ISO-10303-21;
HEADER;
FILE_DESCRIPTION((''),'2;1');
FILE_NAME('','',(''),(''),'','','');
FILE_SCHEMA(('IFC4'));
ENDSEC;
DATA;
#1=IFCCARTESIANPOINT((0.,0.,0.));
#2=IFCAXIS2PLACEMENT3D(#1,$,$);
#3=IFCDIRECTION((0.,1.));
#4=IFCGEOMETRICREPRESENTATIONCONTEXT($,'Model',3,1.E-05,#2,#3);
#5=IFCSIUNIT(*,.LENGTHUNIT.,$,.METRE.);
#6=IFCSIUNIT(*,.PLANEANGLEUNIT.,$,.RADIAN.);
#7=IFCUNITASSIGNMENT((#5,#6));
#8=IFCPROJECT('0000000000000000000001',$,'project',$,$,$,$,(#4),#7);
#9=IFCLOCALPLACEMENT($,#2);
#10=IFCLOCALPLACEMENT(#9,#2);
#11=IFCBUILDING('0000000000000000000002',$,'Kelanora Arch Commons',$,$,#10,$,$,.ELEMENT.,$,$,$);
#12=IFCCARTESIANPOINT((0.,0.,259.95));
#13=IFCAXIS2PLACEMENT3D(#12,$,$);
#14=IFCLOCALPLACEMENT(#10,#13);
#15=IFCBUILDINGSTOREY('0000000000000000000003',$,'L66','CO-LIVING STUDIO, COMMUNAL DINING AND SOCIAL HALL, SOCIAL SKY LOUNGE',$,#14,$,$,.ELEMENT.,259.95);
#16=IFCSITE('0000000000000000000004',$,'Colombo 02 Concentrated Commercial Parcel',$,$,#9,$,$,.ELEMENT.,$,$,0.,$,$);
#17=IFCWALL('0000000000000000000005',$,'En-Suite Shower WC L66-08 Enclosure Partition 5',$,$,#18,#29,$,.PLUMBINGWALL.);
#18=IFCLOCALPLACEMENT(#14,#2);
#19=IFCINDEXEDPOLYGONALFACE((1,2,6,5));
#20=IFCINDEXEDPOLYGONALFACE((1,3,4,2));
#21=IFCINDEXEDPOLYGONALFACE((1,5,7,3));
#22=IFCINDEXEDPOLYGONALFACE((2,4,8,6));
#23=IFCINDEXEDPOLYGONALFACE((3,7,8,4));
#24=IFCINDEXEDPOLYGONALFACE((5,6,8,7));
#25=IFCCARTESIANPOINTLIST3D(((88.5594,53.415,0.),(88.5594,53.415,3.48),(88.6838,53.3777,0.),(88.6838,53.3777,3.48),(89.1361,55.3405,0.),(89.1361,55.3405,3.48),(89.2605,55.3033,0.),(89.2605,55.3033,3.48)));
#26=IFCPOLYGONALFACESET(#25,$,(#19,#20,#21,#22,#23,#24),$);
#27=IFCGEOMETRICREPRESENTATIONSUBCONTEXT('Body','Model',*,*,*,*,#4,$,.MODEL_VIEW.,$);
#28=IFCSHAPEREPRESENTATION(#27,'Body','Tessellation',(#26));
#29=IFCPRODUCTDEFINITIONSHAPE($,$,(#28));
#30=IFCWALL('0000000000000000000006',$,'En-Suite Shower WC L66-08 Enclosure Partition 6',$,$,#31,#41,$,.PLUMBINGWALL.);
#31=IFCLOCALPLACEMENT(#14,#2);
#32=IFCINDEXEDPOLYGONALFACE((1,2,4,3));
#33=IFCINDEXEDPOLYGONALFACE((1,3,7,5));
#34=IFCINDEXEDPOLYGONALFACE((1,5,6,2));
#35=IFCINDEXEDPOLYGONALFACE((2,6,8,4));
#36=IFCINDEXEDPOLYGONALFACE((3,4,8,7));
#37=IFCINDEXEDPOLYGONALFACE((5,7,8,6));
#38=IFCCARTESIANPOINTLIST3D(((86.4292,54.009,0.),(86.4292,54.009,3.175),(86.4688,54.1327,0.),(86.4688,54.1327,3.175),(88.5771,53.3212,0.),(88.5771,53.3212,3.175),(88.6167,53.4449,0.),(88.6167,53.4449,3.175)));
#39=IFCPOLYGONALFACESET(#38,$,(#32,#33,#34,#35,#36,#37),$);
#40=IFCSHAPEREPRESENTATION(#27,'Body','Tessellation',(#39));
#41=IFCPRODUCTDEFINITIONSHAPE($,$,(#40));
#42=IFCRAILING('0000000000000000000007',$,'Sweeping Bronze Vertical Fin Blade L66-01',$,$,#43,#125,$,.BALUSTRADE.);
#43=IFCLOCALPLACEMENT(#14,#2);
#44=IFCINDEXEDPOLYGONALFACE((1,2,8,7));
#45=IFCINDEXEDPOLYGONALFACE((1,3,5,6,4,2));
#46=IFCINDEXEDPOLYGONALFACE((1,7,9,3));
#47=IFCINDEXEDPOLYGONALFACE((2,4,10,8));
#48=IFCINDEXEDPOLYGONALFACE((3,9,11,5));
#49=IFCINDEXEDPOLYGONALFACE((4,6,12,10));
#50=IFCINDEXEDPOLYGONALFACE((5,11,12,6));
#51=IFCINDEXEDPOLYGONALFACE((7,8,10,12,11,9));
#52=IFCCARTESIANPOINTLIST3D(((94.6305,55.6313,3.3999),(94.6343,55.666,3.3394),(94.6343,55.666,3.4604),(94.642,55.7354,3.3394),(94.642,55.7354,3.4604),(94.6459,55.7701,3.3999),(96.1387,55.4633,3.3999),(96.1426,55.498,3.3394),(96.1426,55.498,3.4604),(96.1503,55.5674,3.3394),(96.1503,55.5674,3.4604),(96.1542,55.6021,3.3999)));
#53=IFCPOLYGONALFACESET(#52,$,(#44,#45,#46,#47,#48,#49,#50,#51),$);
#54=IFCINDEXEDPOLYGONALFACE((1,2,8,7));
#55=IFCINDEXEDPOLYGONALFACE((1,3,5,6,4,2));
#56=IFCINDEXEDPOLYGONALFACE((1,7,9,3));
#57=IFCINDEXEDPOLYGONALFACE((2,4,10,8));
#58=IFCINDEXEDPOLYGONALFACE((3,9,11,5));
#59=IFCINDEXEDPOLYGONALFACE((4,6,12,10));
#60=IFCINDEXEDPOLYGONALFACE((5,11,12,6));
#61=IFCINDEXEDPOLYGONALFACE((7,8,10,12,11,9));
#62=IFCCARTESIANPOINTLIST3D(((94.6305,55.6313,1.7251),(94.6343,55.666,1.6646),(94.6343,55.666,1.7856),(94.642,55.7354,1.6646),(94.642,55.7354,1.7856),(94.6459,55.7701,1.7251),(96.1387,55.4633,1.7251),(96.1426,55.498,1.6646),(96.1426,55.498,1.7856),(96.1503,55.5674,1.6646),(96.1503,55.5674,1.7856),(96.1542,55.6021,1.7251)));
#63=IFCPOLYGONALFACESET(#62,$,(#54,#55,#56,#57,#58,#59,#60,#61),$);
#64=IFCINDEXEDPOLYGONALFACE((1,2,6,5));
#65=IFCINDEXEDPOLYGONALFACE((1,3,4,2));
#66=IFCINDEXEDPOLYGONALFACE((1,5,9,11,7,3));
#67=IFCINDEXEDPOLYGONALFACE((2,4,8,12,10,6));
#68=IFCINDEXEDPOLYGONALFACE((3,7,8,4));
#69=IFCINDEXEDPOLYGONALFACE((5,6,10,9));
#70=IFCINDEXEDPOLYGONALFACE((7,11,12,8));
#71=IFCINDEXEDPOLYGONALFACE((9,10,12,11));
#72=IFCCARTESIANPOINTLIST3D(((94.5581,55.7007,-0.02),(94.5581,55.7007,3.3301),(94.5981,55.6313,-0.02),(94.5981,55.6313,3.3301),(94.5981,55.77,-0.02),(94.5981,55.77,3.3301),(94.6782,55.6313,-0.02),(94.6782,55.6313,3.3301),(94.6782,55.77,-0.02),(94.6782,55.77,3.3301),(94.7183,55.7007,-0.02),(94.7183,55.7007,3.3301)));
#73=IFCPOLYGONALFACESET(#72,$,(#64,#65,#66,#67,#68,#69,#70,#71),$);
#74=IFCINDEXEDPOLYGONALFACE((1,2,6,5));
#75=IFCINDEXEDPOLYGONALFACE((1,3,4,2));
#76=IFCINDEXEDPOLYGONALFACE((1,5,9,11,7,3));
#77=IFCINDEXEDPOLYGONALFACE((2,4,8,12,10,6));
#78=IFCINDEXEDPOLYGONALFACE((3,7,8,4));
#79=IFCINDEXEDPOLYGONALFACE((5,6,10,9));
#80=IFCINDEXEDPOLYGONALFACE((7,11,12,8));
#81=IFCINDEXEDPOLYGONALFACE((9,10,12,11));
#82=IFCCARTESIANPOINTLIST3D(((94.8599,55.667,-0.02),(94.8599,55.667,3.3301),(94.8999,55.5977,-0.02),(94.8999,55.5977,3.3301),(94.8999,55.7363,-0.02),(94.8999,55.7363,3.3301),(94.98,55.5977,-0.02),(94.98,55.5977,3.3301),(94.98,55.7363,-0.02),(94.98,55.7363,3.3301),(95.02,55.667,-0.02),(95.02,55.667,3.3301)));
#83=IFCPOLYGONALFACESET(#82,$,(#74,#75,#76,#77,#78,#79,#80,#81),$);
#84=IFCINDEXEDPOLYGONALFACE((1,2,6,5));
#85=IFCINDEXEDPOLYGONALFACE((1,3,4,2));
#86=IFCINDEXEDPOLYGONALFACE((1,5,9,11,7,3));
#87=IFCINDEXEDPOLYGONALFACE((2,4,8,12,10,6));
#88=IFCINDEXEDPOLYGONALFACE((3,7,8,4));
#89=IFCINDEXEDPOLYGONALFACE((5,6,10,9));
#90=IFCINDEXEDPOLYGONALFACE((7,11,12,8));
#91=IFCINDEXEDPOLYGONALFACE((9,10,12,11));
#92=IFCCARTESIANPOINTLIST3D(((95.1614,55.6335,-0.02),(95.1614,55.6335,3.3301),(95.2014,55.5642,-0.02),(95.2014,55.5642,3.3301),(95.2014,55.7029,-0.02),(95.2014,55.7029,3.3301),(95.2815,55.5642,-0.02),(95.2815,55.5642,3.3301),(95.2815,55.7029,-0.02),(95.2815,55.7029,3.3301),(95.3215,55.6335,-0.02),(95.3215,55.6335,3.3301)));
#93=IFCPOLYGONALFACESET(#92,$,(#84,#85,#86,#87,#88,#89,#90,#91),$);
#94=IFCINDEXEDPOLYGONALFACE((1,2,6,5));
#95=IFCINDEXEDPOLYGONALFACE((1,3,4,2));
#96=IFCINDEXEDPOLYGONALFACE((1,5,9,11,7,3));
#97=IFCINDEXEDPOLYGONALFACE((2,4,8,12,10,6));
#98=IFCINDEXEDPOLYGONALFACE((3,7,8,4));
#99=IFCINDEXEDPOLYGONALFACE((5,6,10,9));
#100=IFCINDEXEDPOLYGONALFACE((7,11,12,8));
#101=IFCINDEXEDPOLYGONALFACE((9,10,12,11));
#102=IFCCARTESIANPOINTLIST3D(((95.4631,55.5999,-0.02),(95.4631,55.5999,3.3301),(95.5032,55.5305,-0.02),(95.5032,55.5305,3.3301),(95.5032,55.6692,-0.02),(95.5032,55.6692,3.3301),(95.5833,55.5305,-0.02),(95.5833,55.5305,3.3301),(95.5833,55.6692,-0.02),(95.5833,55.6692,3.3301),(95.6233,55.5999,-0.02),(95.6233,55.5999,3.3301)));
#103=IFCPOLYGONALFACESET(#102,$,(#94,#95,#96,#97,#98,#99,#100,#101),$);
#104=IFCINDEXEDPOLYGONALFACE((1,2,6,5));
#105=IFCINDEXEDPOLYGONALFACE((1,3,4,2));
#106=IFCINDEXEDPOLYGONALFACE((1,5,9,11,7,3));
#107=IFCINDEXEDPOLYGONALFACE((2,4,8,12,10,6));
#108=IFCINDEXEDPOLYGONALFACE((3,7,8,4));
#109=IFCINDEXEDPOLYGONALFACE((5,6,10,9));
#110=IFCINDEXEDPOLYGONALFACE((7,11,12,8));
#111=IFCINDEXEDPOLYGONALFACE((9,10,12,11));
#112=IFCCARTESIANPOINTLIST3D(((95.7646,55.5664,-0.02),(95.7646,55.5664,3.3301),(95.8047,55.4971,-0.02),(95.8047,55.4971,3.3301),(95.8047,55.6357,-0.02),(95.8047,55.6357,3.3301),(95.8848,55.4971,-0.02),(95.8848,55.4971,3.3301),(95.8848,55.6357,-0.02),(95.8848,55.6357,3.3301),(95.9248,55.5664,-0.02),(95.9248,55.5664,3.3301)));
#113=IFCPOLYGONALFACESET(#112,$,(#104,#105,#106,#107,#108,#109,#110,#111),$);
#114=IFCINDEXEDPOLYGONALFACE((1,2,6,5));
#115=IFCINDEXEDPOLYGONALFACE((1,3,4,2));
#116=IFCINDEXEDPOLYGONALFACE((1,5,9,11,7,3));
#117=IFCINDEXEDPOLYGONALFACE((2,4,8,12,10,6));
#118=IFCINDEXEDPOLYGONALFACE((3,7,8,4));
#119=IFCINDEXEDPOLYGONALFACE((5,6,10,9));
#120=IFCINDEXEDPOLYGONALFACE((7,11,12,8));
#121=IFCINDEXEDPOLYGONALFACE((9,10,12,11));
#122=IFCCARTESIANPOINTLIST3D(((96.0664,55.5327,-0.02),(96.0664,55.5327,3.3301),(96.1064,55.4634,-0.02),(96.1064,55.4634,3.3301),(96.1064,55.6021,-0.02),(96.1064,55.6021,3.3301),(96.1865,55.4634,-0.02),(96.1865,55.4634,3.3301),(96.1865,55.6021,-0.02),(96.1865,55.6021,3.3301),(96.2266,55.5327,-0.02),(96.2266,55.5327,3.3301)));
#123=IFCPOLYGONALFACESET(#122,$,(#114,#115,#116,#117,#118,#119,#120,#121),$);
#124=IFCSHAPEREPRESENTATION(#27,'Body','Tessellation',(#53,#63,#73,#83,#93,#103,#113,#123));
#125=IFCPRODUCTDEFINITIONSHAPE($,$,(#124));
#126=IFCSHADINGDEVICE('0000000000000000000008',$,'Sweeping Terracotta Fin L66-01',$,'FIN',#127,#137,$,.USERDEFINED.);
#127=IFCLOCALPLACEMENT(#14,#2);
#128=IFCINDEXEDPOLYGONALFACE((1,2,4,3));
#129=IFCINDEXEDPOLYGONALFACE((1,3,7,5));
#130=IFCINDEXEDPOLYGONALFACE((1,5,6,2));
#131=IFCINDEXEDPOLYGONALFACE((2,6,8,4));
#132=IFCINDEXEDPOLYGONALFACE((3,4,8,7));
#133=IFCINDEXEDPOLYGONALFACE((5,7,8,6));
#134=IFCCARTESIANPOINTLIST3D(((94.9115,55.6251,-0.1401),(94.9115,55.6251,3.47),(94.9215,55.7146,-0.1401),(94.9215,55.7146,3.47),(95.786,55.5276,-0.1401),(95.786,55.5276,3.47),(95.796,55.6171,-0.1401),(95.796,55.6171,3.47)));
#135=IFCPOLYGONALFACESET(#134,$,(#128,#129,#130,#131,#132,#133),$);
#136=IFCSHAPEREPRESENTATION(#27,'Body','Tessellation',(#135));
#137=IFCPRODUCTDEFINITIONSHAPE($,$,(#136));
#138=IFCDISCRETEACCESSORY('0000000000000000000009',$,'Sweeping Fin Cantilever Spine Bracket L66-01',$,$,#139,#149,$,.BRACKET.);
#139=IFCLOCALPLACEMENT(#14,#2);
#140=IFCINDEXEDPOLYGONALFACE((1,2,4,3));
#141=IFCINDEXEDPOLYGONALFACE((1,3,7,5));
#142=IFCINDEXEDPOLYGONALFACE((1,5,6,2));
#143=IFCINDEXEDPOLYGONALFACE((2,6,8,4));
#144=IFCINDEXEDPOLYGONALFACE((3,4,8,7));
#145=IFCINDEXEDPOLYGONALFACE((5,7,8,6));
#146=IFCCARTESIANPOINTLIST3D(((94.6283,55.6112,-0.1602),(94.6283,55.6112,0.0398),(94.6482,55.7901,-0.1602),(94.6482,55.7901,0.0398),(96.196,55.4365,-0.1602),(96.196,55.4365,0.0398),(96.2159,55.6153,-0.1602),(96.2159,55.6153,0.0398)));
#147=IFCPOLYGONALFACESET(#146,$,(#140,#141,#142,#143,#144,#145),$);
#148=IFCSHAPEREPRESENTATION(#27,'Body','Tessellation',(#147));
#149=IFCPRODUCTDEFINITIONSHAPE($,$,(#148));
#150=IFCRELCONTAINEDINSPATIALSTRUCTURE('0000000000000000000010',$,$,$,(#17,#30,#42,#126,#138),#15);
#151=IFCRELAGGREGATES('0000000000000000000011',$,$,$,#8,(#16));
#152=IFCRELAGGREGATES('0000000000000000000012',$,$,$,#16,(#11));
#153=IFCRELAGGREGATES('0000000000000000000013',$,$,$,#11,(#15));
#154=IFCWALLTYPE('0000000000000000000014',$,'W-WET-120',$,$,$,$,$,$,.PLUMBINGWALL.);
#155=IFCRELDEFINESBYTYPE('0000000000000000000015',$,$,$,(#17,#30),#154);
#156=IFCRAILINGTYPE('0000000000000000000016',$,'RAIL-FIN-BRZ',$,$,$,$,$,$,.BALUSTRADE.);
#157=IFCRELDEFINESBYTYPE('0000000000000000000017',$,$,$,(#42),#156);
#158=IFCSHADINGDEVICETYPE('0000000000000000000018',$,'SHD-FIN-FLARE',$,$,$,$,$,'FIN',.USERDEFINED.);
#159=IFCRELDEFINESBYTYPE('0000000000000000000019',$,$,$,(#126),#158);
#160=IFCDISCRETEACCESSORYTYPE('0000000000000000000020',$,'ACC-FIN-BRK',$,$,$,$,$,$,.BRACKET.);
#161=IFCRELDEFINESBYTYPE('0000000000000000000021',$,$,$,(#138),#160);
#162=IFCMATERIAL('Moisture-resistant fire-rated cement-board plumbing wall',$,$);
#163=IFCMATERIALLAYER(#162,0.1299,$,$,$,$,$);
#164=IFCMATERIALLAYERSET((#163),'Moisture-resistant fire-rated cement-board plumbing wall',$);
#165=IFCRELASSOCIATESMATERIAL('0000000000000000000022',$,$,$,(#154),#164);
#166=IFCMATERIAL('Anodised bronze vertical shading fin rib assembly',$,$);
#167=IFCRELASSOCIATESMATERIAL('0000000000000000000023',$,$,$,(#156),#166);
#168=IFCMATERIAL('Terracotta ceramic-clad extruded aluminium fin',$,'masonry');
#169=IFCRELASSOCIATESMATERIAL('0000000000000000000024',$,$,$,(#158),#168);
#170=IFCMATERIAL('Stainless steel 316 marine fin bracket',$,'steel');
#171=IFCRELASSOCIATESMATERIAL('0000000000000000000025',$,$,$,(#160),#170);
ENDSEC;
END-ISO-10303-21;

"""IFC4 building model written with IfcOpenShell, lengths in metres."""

from ifc_helpers import new_model, si_unit, direction, frame, frame_2d, origin, origin_2d, place, context, subcontext, project, spatial, polyline, rectangle, outline, extrude, source, transform, mapped, material, layer, layer_set, type_object, element, save


model = new_model("IFC4")

# Units and contexts
model_context = context("Model", 3, precision=1e-05, world=origin(), true_north=direction((0.0, 1.0)))
body_context = subcontext(model_context, "Body", "Model", "MODEL_VIEW")
ifc_project = project(units=[si_unit("LENGTHUNIT", "METRE"), si_unit("PLANEANGLEUNIT", "RADIAN")], contexts=[model_context])

# Site, building, storey
site_placement = place(None, origin())
site = spatial("IfcSite", under=ifc_project, at=site_placement, Name="Colombo 02 Concentrated Commercial Parcel", CompositionType="ELEMENT", RefElevation=0.0)
building_placement = place(site_placement, origin())
building = spatial("IfcBuilding", under=site, at=building_placement, Name="Kelanora Arch Commons", CompositionType="ELEMENT")
storey_placement = place(building_placement, frame((0.0, 0.0, 259.95)))
storey = spatial("IfcBuildingStorey", under=building, at=storey_placement, Name="L66", Description="CO-LIVING STUDIO, COMMUNAL DINING AND SOCIAL HALL, SOCIAL SKY LOUNGE", CompositionType="ELEMENT", Elevation=259.95)

# Shared definitions
ifc_material_1 = material(Name="Moisture-resistant fire-rated cement-board plumbing wall")
ifc_layer_1 = layer(ifc_material_1, 0.1299)
ifc_layer_set_1 = layer_set([ifc_layer_1], Name="Moisture-resistant fire-rated cement-board plumbing wall")
wall_type_1 = type_object("IfcWallType", Name="W-WET-120", PredefinedType="PLUMBINGWALL", material=ifc_layer_set_1)

# Walls
wall_1_placement = place(storey_placement, frame((89.1982, 55.3218, 0.0), z_axis=(0.0, 0.0, 1.0), x_axis=(-0.286891, -0.957963, 0.0)))
element("IfcWall", 1, at=wall_1_placement, inside=storey, type_object=wall_type_1, Name="En-Suite Shower WC L66-08 Enclosure Partition 5", PredefinedType="PLUMBINGWALL", context=body_context, shape_type="SweptSolid", body=[
    extrude(rectangle(XDim=2.01, YDim=0.1299, at=frame_2d((1.0049, 0.0))), origin(), (0.0, 0.0, 1.0), 3.48),
])
wall_2_placement = place(storey_placement, frame((88.5969, 53.3831, 0.0), z_axis=(0.0, 0.0, 1.0), x_axis=(-0.952373, 0.304937, 0.0)))
element("IfcWall", 2, at=wall_2_placement, inside=storey, type_object=wall_type_1, Name="En-Suite Shower WC L66-08 Enclosure Partition 6", PredefinedType="PLUMBINGWALL", context=body_context, shape_type="SweptSolid", body=[
    extrude(rectangle(XDim=2.2554, YDim=0.1299, at=frame_2d((1.1277, 0.0))), origin(), (0.0, 0.0, 1.0), 3.175),
])

# Railing
ifc_material_2 = material(Name="Anodised bronze vertical shading fin rib assembly")
railing_type = type_object("IfcRailingType", Name="RAIL-FIN-BRZ", PredefinedType="BALUSTRADE", material=ifc_material_2)
railing_placement = place(storey_placement, frame((94.6382, 55.7007, -0.02)))
element("IfcRailing", 3, at=railing_placement, inside=storey, type_object=railing_type, Name="Sweeping Bronze Vertical Fin Blade L66-01", PredefinedType="BALUSTRADE", context=body_context, shape_type="SweptSolid", body=[
    extrude(outline(polyline([(0.0698, 0.0), (0.0349, 0.0605), (-0.0349, 0.0605), (-0.0698, 0.0), (-0.0349, -0.0605), (0.0349, -0.0605), (0.0698, 0.0)])), frame((0.0, 0.0, 3.4199), z_axis=(0.993856, -0.110679, 0.0), x_axis=(0.110679, 0.993856, 0.0)), (0.0, 0.0, 1.0), 1.5176),
    extrude(outline(polyline([(0.0698, 0.0), (0.0349, 0.0605), (-0.0349, 0.0605), (-0.0698, 0.0), (-0.0349, -0.0605), (0.0349, -0.0605), (0.0698, 0.0)])), frame((0.0, 0.0, 1.7451), z_axis=(0.993856, -0.110679, 0.0), x_axis=(0.110679, 0.993856, 0.0)), (0.0, 0.0, 1.0), 1.5176),
    extrude(outline(polyline([(0.0801, 0.0), (0.04, 0.0693), (-0.04, 0.0693), (-0.0801, 0.0), (-0.04, -0.0693), (0.04, -0.0693), (0.0801, 0.0)])), origin(), (0.0, 0.0, 1.0), 3.3501),
    extrude(outline(polyline([(0.0801, 0.0), (0.04, 0.0693), (-0.04, 0.0693), (-0.0801, 0.0), (-0.04, -0.0693), (0.04, -0.0693), (0.0801, 0.0)])), frame((0.3018, -0.0337, 0.0)), (0.0, 0.0, 1.0), 3.3501),
    extrude(outline(polyline([(0.0801, 0.0), (0.04, 0.0693), (-0.04, 0.0693), (-0.0801, 0.0), (-0.04, -0.0693), (0.04, -0.0693), (0.0801, 0.0)])), frame((0.6033, -0.0671, 0.0)), (0.0, 0.0, 1.0), 3.3501),
    extrude(outline(polyline([(0.0801, 0.0), (0.04, 0.0693), (-0.04, 0.0693), (-0.0801, 0.0), (-0.04, -0.0693), (0.04, -0.0693), (0.0801, 0.0)])), frame((0.905, -0.1008, 0.0)), (0.0, 0.0, 1.0), 3.3501),
    extrude(outline(polyline([(0.0801, 0.0), (0.04, 0.0693), (-0.04, 0.0693), (-0.0801, 0.0), (-0.04, -0.0693), (0.04, -0.0693), (0.0801, 0.0)])), frame((1.2065, -0.1343, 0.0)), (0.0, 0.0, 1.0), 3.3501),
    extrude(outline(polyline([(0.0801, 0.0), (0.04, 0.0693), (-0.04, 0.0693), (-0.0801, 0.0), (-0.04, -0.0693), (0.04, -0.0693), (0.0801, 0.0)])), frame((1.5083, -0.168, 0.0)), (0.0, 0.0, 1.0), 3.3501),
])

# Shading device
ifc_material_3 = material(Name="Terracotta ceramic-clad extruded aluminium fin", Category="masonry")
shading_device_type = type_object("IfcShadingDeviceType", Name="SHD-FIN-FLARE", ElementType="FIN", PredefinedType="USERDEFINED", material=ifc_material_3)
shared_shape_1 = source(origin(), body_context, "Body", "SweptSolid", [
    extrude(rectangle(XDim=0.8799, YDim=0.0901, at=origin_2d()), origin(), (0.0, 0.0, 1.0), 3.6101),
])
shading_device_placement = place(storey_placement, frame((95.3538, 55.6211, -0.1401), z_axis=(0.0, 0.0, 1.0), x_axis=(0.993845, -0.110775, 0.0)))
element("IfcShadingDevice", 4, at=shading_device_placement, inside=storey, type_object=shading_device_type, Name="Sweeping Terracotta Fin L66-01", ObjectType="FIN", PredefinedType="USERDEFINED", context=body_context, shape_type="MappedRepresentation", body=[
    mapped(shared_shape_1, transform((0.0, 0.0, 0.0), scale=1.0)),
])

# Discrete accessory
ifc_material_4 = material(Name="Stainless steel 316 marine fin bracket", Category="steel")
discrete_accessory_type = type_object("IfcDiscreteAccessoryType", Name="ACC-FIN-BRK", PredefinedType="BRACKET", material=ifc_material_4)
shared_shape_2 = source(origin(), body_context, "Body", "SweptSolid", [
    extrude(rectangle(XDim=1.5774, YDim=0.1799, at=origin_2d()), origin(), (0.0, 0.0, 1.0), 0.2),
])
discrete_accessory_placement = place(storey_placement, frame((95.4221, 55.6133, -0.1602), z_axis=(0.0, 0.0, 1.0), x_axis=(0.993845, -0.110775, 0.0)))
element("IfcDiscreteAccessory", 5, at=discrete_accessory_placement, inside=storey, type_object=discrete_accessory_type, Name="Sweeping Fin Cantilever Spine Bracket L66-01", PredefinedType="BRACKET", context=body_context, shape_type="MappedRepresentation", body=[
    mapped(shared_shape_2, transform((0.0, 0.0, 0.0), scale=1.0)),
])

save(model, "model.ifc")
